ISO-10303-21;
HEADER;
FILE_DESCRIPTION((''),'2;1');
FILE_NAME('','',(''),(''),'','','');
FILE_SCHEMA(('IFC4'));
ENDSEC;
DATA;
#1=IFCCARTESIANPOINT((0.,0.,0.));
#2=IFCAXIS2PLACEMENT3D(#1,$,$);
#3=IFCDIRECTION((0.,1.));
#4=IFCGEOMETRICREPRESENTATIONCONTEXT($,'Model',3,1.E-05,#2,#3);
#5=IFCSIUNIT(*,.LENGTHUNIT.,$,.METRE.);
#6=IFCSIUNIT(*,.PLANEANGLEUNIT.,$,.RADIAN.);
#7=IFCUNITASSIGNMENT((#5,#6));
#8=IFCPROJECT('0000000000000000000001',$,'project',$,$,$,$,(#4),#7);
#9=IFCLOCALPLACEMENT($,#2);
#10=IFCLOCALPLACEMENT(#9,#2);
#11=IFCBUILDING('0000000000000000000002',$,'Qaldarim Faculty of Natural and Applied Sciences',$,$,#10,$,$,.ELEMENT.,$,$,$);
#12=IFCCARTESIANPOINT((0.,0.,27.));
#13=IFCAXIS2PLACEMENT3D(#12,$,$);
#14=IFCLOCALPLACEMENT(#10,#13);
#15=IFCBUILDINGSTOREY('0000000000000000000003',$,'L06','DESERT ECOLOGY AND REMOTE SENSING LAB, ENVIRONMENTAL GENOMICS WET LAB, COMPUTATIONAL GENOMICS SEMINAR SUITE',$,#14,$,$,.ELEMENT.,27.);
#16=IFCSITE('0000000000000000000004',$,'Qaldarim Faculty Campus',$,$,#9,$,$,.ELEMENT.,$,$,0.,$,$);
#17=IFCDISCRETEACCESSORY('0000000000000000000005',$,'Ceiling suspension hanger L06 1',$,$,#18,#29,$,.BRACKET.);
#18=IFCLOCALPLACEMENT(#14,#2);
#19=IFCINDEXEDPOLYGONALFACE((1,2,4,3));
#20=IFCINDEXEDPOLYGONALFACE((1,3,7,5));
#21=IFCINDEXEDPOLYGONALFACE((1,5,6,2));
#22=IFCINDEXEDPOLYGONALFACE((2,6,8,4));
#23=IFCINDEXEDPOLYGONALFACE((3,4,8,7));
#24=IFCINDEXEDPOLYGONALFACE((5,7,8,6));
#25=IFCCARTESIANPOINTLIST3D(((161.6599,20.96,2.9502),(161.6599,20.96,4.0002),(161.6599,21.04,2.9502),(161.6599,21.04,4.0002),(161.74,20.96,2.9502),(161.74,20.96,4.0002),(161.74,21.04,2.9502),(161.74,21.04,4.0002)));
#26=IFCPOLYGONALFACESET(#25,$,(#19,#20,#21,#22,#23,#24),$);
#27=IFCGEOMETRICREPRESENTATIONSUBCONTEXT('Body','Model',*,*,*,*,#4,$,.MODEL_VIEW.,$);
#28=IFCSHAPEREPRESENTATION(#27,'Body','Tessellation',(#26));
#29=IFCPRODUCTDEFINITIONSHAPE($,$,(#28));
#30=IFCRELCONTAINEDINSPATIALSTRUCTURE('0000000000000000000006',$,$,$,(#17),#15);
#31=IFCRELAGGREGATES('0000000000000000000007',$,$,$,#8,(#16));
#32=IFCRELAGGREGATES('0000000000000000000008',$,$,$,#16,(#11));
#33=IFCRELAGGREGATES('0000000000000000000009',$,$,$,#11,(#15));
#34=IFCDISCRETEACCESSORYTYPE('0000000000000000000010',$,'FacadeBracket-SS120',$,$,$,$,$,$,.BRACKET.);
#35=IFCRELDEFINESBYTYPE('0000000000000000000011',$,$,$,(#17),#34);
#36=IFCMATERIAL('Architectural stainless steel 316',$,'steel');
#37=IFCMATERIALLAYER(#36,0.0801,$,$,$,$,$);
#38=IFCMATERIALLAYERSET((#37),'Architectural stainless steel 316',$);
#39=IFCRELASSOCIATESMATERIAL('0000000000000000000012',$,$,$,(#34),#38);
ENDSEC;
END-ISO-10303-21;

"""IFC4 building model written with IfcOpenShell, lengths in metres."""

from ifc_helpers import new_model, si_unit, direction, frame, origin, origin_2d, place, context, subcontext, project, spatial, rectangle, extrude, material, layer, layer_set, type_object, element, save


model = new_model("IFC4")

# Units and contexts
model_context = context("Model", 3, precision=1e-05, world=origin(), true_north=direction((0.0, 1.0)))
body_context = subcontext(model_context, "Body", "Model", "MODEL_VIEW")
ifc_project = project(units=[si_unit("LENGTHUNIT", "METRE"), si_unit("PLANEANGLEUNIT", "RADIAN")], contexts=[model_context])

# Site, building, storey
site_placement = place(None, origin())
site = spatial("IfcSite", under=ifc_project, at=site_placement, Name="Qaldarim Faculty Campus", CompositionType="ELEMENT", RefElevation=0.0)
building_placement = place(site_placement, origin())
building = spatial("IfcBuilding", under=site, at=building_placement, Name="Qaldarim Faculty of Natural and Applied Sciences", CompositionType="ELEMENT")
storey_placement = place(building_placement, frame((0.0, 0.0, 27.0)))
storey = spatial("IfcBuildingStorey", under=building, at=storey_placement, Name="L06", Description="DESERT ECOLOGY AND REMOTE SENSING LAB, ENVIRONMENTAL GENOMICS WET LAB, COMPUTATIONAL GENOMICS SEMINAR SUITE", CompositionType="ELEMENT", Elevation=27.0)

# Shared definitions
ifc_material_1 = material(Name="Architectural stainless steel 316", Category="steel")

# Discrete accessory
ifc_layer_1 = layer(ifc_material_1, 0.0801)
ifc_layer_set_1 = layer_set([ifc_layer_1], Name="Architectural stainless steel 316")
discrete_accessory_type = type_object("IfcDiscreteAccessoryType", Name="FacadeBracket-SS120", PredefinedType="BRACKET", material=ifc_layer_set_1)
discrete_accessory_placement = place(storey_placement, frame((161.7, 21.0, 2.9502), z_axis=(0.0, 0.0, 1.0), x_axis=(1.0, 0.0, 0.0)))
element("IfcDiscreteAccessory", 1, at=discrete_accessory_placement, inside=storey, type_object=discrete_accessory_type, Name="Ceiling suspension hanger L06 1", PredefinedType="BRACKET", context=body_context, shape_type="SweptSolid", body=[
    extrude(rectangle(XDim=0.0801, YDim=0.0801, at=origin_2d()), origin(), (0.0, 0.0, 1.0), 1.05),
])

save(model, "model.ifc")
